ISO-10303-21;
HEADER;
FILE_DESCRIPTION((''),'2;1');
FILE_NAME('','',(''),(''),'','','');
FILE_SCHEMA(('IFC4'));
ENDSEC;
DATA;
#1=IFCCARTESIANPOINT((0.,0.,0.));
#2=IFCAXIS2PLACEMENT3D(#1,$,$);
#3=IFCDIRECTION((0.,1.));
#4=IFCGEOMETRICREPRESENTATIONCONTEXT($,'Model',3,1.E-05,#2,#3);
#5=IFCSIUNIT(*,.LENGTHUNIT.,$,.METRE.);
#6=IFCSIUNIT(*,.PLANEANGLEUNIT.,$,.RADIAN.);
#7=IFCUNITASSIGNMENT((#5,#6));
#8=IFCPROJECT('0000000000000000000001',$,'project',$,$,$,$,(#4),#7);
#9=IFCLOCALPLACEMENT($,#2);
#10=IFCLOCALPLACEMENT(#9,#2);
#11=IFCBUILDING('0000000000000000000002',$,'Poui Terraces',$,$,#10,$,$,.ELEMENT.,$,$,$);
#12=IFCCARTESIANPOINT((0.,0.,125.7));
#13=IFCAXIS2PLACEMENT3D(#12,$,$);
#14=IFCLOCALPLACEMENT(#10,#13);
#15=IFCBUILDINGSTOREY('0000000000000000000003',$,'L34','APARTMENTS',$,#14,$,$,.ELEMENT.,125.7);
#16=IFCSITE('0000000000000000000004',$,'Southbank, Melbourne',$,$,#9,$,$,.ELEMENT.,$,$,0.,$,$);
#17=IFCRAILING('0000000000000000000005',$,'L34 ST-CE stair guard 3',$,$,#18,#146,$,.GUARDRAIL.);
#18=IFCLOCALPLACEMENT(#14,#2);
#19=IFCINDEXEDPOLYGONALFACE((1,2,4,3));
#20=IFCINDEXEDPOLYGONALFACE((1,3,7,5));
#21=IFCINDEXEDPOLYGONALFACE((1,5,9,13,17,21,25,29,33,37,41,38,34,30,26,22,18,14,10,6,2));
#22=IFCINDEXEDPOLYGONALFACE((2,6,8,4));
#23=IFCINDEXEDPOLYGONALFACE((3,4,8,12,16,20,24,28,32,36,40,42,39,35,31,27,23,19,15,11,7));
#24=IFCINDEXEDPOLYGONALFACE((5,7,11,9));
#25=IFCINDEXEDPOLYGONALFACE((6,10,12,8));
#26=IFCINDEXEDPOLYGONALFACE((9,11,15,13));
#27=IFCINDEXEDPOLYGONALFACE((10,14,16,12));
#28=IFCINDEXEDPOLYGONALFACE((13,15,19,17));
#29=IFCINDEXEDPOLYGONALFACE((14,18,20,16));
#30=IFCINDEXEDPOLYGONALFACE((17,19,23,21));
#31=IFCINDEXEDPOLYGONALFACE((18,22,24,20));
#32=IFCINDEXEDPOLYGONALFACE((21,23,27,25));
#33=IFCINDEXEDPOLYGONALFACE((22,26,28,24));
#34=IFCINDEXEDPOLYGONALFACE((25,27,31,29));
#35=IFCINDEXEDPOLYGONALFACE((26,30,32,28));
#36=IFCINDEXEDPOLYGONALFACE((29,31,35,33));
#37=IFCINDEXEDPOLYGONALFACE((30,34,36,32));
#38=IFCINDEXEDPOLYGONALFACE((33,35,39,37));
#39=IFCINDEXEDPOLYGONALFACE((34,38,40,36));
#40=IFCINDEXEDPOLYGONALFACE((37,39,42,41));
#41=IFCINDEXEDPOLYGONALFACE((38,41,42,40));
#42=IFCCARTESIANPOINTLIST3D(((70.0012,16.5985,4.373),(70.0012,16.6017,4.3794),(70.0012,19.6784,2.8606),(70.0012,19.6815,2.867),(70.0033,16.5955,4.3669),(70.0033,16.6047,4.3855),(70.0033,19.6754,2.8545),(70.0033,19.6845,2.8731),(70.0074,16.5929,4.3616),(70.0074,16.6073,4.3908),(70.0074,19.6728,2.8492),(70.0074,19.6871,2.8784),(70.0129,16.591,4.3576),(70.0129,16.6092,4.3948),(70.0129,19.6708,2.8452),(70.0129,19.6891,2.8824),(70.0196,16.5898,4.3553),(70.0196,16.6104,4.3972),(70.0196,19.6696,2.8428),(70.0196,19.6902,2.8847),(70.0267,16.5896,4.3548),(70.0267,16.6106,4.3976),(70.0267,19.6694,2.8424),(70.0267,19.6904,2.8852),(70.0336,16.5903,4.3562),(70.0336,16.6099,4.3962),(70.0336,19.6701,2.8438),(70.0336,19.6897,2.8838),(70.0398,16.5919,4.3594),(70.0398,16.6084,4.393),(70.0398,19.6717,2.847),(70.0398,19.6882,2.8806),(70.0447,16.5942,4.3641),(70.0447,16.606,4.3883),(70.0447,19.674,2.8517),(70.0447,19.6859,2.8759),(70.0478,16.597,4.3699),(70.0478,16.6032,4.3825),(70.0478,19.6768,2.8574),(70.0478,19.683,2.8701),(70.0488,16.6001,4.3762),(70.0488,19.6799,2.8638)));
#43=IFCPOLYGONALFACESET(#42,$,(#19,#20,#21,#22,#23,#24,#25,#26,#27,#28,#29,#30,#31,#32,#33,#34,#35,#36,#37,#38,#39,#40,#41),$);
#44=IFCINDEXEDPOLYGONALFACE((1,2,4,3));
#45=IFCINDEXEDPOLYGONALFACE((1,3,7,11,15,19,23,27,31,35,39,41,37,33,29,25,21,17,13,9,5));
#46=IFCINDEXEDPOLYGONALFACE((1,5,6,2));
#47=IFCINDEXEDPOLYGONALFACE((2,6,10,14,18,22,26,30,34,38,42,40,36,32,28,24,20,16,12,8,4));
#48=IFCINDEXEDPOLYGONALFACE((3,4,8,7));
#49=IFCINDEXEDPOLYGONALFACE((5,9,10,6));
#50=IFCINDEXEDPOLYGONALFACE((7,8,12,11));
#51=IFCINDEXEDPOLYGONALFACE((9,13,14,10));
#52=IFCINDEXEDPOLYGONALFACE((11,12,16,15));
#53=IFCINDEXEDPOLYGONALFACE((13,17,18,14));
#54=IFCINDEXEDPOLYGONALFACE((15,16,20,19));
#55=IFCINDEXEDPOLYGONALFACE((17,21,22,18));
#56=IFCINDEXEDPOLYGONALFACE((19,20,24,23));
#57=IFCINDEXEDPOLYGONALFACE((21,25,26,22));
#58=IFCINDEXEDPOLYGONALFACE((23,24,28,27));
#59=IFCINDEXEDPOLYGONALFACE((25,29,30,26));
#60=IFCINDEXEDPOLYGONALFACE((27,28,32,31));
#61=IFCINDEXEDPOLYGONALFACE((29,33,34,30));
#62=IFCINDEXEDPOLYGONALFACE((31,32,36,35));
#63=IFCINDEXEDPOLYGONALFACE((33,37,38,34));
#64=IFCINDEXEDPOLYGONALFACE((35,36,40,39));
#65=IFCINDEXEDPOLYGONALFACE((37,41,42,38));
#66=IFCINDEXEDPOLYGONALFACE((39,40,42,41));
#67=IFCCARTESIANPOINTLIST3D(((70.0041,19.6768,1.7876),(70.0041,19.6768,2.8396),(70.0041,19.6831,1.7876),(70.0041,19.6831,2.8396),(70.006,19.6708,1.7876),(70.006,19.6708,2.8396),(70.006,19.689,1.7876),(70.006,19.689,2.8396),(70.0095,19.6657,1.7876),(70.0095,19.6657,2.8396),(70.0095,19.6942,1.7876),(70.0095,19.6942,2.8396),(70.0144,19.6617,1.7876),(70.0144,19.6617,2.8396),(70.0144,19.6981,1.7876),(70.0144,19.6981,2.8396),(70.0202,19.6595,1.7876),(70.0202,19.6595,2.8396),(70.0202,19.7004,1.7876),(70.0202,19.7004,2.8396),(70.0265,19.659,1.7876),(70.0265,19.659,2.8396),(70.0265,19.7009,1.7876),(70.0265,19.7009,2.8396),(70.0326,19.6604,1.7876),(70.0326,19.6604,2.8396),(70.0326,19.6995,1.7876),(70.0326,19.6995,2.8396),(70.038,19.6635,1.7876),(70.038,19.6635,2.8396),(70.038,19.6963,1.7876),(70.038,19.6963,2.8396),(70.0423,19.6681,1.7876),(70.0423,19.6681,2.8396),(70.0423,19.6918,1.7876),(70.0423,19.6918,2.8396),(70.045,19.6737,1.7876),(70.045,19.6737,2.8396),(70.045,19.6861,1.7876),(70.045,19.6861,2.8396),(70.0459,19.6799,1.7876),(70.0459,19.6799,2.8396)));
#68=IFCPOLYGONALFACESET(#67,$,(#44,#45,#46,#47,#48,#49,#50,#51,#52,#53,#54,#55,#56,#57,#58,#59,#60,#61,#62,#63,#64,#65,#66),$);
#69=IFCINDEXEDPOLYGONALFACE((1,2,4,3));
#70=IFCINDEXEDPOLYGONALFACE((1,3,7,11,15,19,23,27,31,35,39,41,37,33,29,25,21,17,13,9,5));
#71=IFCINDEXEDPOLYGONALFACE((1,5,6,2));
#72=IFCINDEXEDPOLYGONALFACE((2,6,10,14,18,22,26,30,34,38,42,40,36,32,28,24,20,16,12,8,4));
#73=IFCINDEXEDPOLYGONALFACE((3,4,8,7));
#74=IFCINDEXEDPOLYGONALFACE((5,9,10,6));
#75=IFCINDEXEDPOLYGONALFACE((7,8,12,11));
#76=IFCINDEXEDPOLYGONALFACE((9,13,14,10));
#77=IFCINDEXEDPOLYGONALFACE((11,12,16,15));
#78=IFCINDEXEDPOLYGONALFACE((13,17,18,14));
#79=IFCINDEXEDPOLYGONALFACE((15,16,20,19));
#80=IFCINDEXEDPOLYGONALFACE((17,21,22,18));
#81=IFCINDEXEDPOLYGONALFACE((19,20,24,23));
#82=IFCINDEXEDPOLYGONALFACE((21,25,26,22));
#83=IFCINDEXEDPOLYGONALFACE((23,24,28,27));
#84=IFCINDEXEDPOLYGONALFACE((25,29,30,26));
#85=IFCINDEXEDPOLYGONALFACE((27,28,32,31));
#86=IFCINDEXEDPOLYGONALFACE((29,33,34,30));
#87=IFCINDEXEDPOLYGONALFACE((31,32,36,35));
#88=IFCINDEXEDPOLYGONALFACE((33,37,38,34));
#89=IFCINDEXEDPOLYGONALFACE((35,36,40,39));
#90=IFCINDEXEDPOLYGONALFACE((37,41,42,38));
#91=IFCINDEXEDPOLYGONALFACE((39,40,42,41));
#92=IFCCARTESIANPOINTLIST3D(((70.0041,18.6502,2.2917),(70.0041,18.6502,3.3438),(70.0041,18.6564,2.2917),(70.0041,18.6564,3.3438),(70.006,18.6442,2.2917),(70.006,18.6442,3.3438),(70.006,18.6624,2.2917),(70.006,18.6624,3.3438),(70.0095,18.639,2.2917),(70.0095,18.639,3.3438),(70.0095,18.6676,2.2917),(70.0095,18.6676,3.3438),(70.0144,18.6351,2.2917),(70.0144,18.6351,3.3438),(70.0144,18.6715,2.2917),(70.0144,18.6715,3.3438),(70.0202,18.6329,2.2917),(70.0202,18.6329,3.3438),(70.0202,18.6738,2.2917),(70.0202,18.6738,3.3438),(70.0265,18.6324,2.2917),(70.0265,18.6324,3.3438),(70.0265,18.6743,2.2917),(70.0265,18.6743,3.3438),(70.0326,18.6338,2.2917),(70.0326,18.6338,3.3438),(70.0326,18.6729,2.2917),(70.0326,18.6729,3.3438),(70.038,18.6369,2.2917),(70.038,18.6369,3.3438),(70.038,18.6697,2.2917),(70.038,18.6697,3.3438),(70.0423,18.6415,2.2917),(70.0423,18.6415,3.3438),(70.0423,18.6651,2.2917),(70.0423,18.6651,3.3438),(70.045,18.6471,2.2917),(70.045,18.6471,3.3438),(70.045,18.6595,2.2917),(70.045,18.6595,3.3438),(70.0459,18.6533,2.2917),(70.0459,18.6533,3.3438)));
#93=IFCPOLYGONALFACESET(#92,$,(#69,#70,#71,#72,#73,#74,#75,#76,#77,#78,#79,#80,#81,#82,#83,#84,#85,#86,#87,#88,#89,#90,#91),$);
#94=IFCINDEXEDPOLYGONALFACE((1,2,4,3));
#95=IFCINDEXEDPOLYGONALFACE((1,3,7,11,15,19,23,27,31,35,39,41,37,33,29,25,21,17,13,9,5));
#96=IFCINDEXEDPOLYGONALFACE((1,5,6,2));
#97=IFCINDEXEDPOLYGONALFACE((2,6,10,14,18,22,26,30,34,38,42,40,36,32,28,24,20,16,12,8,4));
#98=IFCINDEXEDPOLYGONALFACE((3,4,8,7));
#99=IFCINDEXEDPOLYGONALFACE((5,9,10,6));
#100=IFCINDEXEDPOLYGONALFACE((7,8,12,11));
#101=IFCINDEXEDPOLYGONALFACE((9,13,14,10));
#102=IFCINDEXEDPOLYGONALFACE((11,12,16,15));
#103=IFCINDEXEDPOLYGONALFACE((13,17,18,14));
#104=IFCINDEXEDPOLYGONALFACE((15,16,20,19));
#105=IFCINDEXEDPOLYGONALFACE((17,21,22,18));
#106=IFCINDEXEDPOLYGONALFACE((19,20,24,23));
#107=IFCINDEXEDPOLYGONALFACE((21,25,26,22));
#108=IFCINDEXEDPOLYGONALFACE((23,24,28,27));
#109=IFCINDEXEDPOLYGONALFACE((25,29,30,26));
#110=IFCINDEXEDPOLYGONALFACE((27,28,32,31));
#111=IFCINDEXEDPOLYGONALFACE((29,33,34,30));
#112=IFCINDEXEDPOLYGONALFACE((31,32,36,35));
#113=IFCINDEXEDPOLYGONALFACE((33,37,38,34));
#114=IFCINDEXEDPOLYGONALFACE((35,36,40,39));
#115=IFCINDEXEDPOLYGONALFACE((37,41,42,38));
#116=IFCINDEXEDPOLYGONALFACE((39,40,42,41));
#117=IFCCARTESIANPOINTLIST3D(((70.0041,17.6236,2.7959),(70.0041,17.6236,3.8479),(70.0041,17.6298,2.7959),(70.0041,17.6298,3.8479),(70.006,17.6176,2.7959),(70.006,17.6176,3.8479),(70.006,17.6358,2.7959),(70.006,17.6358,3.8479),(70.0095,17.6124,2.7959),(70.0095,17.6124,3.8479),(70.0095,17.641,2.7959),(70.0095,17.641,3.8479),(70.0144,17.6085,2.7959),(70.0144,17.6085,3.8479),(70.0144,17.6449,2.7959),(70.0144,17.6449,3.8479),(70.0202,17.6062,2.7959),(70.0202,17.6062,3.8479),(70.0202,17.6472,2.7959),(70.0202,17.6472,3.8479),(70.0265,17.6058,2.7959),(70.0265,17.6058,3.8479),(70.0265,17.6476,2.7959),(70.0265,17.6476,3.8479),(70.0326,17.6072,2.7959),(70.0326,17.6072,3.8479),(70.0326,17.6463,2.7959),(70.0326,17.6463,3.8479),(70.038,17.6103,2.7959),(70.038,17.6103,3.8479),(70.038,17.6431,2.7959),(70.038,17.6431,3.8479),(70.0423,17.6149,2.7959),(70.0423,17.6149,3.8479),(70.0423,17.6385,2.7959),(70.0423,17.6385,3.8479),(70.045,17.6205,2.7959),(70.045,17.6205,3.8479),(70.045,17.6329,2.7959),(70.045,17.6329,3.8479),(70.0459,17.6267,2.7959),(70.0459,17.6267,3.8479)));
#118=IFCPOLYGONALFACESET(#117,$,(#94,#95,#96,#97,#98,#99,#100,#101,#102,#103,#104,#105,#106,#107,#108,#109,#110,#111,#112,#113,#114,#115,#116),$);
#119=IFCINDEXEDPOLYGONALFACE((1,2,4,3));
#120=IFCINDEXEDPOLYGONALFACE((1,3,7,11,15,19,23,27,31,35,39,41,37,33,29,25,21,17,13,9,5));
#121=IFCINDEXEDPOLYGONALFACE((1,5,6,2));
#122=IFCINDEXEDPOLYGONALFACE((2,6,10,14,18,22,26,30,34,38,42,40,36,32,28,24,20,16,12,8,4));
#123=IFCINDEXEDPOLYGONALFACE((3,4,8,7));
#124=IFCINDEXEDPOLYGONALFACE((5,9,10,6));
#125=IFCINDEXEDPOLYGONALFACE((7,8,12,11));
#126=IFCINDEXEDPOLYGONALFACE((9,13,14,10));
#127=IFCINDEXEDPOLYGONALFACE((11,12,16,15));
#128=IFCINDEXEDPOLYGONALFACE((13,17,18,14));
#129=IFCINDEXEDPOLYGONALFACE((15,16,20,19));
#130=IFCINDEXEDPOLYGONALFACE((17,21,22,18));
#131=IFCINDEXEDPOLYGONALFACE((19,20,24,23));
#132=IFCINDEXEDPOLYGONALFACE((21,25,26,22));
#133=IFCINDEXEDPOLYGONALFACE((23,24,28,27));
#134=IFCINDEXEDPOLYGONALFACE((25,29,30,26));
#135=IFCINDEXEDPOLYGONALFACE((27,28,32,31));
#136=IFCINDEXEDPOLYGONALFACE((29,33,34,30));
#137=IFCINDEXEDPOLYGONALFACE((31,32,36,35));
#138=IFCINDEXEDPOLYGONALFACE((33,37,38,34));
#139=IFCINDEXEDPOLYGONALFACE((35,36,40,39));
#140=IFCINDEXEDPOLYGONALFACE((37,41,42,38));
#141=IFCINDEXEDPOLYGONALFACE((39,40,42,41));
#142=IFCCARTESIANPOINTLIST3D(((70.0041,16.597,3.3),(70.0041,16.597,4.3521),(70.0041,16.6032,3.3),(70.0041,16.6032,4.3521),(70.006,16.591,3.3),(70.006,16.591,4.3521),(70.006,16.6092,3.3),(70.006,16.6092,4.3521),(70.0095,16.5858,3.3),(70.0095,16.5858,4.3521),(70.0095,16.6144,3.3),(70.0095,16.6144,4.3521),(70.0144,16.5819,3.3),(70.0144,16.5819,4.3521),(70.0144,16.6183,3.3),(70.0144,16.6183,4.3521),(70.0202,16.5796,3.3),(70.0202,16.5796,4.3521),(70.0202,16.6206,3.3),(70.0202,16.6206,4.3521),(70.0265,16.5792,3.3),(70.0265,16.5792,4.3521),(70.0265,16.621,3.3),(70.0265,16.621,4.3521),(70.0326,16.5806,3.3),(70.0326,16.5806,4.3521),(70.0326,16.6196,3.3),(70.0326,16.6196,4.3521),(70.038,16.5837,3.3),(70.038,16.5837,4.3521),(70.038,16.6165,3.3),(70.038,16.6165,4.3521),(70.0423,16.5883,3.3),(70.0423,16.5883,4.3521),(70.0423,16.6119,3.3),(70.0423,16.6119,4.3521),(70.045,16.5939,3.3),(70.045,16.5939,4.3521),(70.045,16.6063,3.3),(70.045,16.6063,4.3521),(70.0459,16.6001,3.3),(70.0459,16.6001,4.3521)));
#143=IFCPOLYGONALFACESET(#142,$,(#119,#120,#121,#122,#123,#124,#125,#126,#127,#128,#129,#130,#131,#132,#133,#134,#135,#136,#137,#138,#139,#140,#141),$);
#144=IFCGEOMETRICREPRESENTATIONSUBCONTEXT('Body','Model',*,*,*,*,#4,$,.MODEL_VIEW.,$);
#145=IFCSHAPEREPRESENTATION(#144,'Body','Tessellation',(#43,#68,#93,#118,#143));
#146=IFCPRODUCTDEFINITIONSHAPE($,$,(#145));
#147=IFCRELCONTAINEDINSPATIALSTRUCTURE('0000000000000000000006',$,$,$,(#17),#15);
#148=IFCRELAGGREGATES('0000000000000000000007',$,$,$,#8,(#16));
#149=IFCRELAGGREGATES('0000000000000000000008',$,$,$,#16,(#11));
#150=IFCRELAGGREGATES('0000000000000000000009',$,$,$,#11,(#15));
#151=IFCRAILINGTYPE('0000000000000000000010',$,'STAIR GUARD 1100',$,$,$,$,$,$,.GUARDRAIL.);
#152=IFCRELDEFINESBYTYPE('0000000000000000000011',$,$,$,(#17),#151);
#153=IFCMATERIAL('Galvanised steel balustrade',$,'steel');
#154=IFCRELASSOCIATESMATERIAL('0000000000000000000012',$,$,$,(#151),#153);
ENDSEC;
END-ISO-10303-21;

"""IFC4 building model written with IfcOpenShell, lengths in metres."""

from ifc_helpers import new_model, si_unit, direction, frame, origin, origin_2d, place, context, subcontext, project, spatial, circle, extrude, material, type_object, element, save


model = new_model("IFC4")

# Units and contexts
model_context = context("Model", 3, precision=1e-05, world=origin(), true_north=direction((0.0, 1.0)))
body_context = subcontext(model_context, "Body", "Model", "MODEL_VIEW")
ifc_project = project(units=[si_unit("LENGTHUNIT", "METRE"), si_unit("PLANEANGLEUNIT", "RADIAN")], contexts=[model_context])

# Site, building, storey
site_placement = place(None, origin())
site = spatial("IfcSite", under=ifc_project, at=site_placement, Name="Southbank, Melbourne", CompositionType="ELEMENT", RefElevation=0.0)
building_placement = place(site_placement, origin())
building = spatial("IfcBuilding", under=site, at=building_placement, Name="Poui Terraces", CompositionType="ELEMENT")
storey_placement = place(building_placement, frame((0.0, 0.0, 125.7)))
storey = spatial("IfcBuildingStorey", under=building, at=storey_placement, Name="L34", Description="APARTMENTS", CompositionType="ELEMENT", Elevation=125.7)

# Railing
ifc_material_1 = material(Name="Galvanised steel balustrade", Category="steel")
railing_type_1 = type_object("IfcRailingType", Name="STAIR GUARD 1100", PredefinedType="GUARDRAIL", material=ifc_material_1)
railing_1_placement = place(storey_placement, frame((70.0249, 19.6799, 1.7876)))
element("IfcRailing", 1, at=railing_1_placement, inside=storey, type_object=railing_type_1, Name="L34 ST-CE stair guard 3", PredefinedType="GUARDRAIL", context=body_context, shape_type="SweptSolid", body=[
    extrude(circle(Radius=0.0239, at=origin_2d()), frame((0.0, 0.0, 1.0762), z_axis=(0.0, -0.897606, 0.440798), x_axis=(1.0, 0.0, 0.0)), (0.0, 0.0, 1.0), 3.4312),
    extrude(circle(Radius=0.021, at=origin_2d()), origin(), (0.0, 0.0, 1.0), 1.052),
    extrude(circle(Radius=0.021, at=origin_2d()), frame((0.0, -1.0266, 0.5042)), (0.0, 0.0, 1.0), 1.052),
    extrude(circle(Radius=0.021, at=origin_2d()), frame((0.0, -2.0532, 1.0083)), (0.0, 0.0, 1.0), 1.052),
    extrude(circle(Radius=0.021, at=origin_2d()), frame((0.0, -3.0798, 1.5125)), (0.0, 0.0, 1.0), 1.052),
])

save(model, "model.ifc")
